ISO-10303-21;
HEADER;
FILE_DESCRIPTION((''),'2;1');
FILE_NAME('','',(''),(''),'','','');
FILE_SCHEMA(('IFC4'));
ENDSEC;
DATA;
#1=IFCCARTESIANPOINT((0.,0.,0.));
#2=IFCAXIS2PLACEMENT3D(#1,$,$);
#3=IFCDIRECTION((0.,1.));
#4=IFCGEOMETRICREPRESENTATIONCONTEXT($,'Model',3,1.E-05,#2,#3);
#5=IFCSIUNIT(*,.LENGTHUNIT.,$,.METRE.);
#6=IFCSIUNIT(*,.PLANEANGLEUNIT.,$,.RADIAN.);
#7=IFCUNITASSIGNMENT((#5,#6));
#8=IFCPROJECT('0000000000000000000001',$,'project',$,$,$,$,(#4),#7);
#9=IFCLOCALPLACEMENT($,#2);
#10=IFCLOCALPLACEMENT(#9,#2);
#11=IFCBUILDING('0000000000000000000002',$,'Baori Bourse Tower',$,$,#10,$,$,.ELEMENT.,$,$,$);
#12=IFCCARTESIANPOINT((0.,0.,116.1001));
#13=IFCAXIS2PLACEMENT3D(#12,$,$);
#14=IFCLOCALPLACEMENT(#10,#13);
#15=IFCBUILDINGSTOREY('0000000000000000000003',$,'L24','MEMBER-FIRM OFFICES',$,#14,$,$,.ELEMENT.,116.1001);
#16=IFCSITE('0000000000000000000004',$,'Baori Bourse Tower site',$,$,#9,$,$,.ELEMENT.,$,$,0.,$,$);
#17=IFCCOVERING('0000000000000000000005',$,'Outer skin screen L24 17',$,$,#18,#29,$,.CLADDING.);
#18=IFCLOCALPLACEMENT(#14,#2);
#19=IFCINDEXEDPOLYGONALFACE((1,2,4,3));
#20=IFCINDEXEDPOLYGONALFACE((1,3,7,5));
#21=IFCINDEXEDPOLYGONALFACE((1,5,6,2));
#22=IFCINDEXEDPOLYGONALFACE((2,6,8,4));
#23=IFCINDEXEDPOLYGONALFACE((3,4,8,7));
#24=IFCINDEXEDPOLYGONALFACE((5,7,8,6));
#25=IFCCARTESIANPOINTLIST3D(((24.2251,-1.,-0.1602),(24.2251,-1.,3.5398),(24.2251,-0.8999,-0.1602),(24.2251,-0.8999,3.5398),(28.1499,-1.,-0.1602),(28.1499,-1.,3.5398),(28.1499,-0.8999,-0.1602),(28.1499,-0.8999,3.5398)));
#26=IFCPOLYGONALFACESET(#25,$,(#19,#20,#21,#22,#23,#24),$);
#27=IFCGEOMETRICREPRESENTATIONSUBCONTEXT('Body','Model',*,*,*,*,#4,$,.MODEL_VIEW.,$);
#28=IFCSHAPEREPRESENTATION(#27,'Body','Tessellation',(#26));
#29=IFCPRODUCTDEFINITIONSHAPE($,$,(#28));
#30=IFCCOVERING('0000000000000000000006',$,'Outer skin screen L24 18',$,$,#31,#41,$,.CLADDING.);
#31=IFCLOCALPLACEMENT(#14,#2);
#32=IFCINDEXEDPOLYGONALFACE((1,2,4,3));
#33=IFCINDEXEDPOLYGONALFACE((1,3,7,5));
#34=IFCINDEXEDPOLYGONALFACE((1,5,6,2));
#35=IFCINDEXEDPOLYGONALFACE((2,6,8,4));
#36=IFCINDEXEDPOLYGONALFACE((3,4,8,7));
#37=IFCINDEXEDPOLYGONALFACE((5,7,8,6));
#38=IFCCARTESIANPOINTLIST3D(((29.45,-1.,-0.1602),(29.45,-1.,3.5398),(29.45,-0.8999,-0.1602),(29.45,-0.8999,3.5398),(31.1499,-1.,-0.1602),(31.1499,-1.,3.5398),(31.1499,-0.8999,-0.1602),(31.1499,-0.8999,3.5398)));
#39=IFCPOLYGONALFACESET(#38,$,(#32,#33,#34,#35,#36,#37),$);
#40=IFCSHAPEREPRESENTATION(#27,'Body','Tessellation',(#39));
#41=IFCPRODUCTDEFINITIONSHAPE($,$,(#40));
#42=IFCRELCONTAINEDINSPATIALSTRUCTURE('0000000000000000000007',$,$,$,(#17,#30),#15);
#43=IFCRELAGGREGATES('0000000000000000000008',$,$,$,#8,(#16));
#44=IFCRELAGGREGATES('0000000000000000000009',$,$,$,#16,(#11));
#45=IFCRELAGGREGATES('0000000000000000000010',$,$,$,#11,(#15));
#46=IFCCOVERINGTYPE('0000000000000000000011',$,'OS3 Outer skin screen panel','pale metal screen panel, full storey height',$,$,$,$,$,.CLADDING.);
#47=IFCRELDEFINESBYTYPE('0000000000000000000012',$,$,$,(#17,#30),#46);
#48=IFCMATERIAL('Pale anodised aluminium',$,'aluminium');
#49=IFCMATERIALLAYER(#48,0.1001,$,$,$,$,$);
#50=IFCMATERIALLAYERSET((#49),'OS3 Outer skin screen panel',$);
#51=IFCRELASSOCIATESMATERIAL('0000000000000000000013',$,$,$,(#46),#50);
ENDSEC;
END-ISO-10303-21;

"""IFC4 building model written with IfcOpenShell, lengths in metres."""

from ifc_helpers import new_model, si_unit, direction, frame, origin, place, context, subcontext, project, spatial, polyline, outline, extrude, material, layer, layer_set, type_object, element, save


model = new_model("IFC4")

# Units and contexts
model_context = context("Model", 3, precision=1e-05, world=origin(), true_north=direction((0.0, 1.0)))
body_context = subcontext(model_context, "Body", "Model", "MODEL_VIEW")
ifc_project = project(units=[si_unit("LENGTHUNIT", "METRE"), si_unit("PLANEANGLEUNIT", "RADIAN")], contexts=[model_context])

# Site, building, storey
site_placement = place(None, origin())
site = spatial("IfcSite", under=ifc_project, at=site_placement, Name="Baori Bourse Tower site", CompositionType="ELEMENT", RefElevation=0.0)
building_placement = place(site_placement, origin())
building = spatial("IfcBuilding", under=site, at=building_placement, Name="Baori Bourse Tower", CompositionType="ELEMENT")
storey_placement = place(building_placement, frame((0.0, 0.0, 116.1001)))
storey = spatial("IfcBuildingStorey", under=building, at=storey_placement, Name="L24", Description="MEMBER-FIRM OFFICES", CompositionType="ELEMENT", Elevation=116.1001)

# Coverings
ifc_material_1 = material(Name="Pale anodised aluminium", Category="aluminium")
ifc_layer_1 = layer(ifc_material_1, 0.1001)
ifc_layer_set_1 = layer_set([ifc_layer_1], Name="OS3 Outer skin screen panel")
covering_type = type_object("IfcCoveringType", Name="OS3 Outer skin screen panel", Description="pale metal screen panel, full storey height", PredefinedType="CLADDING", material=ifc_layer_set_1)
covering_1_placement = place(storey_placement, frame((0.0, 0.0, -0.1602)))
element("IfcCovering", 1, at=covering_1_placement, inside=storey, type_object=covering_type, Name="Outer skin screen L24 17", PredefinedType="CLADDING", context=body_context, shape_type="SweptSolid", body=[
    extrude(outline(polyline([(28.1499, -0.8999), (24.2251, -0.8999), (24.2251, -1.0), (28.1499, -1.0), (28.1499, -0.8999)])), origin(), (0.0, 0.0, 1.0), 3.7),
])
covering_2_placement = place(storey_placement, frame((0.0, 0.0, -0.1602)))
element("IfcCovering", 2, at=covering_2_placement, inside=storey, type_object=covering_type, Name="Outer skin screen L24 18", PredefinedType="CLADDING", context=body_context, shape_type="SweptSolid", body=[
    extrude(outline(polyline([(31.1499, -0.8999), (29.45, -0.8999), (29.45, -1.0), (31.1499, -1.0), (31.1499, -0.8999)])), origin(), (0.0, 0.0, 1.0), 3.7),
])

save(model, "model.ifc")
